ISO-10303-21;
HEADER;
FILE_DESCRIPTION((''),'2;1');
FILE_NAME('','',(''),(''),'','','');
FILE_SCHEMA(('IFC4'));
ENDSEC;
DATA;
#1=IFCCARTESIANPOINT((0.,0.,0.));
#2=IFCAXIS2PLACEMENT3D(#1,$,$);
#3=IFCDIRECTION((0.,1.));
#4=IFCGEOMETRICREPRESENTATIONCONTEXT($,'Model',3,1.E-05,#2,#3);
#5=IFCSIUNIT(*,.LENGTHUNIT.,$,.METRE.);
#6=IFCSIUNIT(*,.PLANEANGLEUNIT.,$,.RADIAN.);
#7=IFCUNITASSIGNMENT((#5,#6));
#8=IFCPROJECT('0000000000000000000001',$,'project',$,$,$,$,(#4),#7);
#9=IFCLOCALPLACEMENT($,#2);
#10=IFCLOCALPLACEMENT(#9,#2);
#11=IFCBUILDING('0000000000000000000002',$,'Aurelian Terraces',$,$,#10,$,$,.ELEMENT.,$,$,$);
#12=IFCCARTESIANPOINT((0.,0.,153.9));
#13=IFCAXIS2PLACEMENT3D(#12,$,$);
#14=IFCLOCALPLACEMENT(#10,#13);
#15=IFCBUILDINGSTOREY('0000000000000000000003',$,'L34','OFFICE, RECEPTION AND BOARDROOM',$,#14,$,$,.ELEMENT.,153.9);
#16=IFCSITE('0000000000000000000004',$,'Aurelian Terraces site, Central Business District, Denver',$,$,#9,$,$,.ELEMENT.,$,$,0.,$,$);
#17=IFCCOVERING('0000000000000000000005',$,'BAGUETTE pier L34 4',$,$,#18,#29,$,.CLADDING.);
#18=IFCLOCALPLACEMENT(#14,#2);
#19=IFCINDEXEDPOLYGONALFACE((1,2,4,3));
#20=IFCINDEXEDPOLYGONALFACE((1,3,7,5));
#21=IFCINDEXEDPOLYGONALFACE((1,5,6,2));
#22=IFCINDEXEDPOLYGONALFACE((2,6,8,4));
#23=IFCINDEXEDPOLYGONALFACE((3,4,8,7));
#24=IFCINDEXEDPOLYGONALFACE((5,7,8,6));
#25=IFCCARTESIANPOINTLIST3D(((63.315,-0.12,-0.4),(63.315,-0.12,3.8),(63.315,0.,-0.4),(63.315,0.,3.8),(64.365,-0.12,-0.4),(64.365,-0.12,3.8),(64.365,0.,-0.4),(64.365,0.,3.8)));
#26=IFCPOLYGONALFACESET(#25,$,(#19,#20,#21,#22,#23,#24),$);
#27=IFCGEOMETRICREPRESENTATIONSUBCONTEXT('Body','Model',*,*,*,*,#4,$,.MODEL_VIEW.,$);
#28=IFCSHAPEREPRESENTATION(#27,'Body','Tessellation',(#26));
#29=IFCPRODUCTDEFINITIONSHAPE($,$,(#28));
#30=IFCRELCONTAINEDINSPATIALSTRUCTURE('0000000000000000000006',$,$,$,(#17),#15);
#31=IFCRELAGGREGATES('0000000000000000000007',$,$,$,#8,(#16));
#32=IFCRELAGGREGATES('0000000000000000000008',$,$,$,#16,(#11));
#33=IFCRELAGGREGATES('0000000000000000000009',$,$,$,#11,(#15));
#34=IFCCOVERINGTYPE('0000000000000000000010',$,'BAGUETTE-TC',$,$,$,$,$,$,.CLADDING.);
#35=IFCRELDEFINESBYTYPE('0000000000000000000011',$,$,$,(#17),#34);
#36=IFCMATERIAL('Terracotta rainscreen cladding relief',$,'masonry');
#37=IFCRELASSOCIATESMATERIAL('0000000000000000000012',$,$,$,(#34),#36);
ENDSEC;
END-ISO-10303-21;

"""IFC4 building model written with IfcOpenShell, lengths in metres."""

from ifc_helpers import new_model, si_unit, direction, frame, origin, origin_2d, place, context, subcontext, project, spatial, rectangle, extrude, source, transform, mapped, material, type_object, element, save


model = new_model("IFC4")

# Units and contexts
model_context = context("Model", 3, precision=1e-05, world=origin(), true_north=direction((0.0, 1.0)))
body_context = subcontext(model_context, "Body", "Model", "MODEL_VIEW")
ifc_project = project(units=[si_unit("LENGTHUNIT", "METRE"), si_unit("PLANEANGLEUNIT", "RADIAN")], contexts=[model_context])

# Site, building, storey
site_placement = place(None, origin())
site = spatial("IfcSite", under=ifc_project, at=site_placement, Name="Aurelian Terraces site, Central Business District, Denver", CompositionType="ELEMENT", RefElevation=0.0)
building_placement = place(site_placement, origin())
building = spatial("IfcBuilding", under=site, at=building_placement, Name="Aurelian Terraces", CompositionType="ELEMENT")
storey_placement = place(building_placement, frame((0.0, 0.0, 153.9)))
storey = spatial("IfcBuildingStorey", under=building, at=storey_placement, Name="L34", Description="OFFICE, RECEPTION AND BOARDROOM", CompositionType="ELEMENT", Elevation=153.9)

# Covering
ifc_material_1 = material(Name="Terracotta rainscreen cladding relief", Category="masonry")
covering_type = type_object("IfcCoveringType", Name="BAGUETTE-TC", PredefinedType="CLADDING", material=ifc_material_1)
shared_shape_1 = source(origin(), body_context, "Body", "SweptSolid", [
    extrude(rectangle(XDim=1.05, YDim=0.12, at=origin_2d()), origin(), (0.0, 0.0, 1.0), 4.2),
])
covering_placement = place(storey_placement, frame((63.84, -0.06, -0.4), z_axis=(0.0, 0.0, 1.0), x_axis=(1.0, 0.0, 0.0)))
element("IfcCovering", 1, at=covering_placement, inside=storey, type_object=covering_type, Name="BAGUETTE pier L34 4", PredefinedType="CLADDING", context=body_context, shape_type="MappedRepresentation", body=[
    mapped(shared_shape_1, transform((0.0, 0.0, 0.0), scale=1.0)),
])

save(model, "model.ifc")
